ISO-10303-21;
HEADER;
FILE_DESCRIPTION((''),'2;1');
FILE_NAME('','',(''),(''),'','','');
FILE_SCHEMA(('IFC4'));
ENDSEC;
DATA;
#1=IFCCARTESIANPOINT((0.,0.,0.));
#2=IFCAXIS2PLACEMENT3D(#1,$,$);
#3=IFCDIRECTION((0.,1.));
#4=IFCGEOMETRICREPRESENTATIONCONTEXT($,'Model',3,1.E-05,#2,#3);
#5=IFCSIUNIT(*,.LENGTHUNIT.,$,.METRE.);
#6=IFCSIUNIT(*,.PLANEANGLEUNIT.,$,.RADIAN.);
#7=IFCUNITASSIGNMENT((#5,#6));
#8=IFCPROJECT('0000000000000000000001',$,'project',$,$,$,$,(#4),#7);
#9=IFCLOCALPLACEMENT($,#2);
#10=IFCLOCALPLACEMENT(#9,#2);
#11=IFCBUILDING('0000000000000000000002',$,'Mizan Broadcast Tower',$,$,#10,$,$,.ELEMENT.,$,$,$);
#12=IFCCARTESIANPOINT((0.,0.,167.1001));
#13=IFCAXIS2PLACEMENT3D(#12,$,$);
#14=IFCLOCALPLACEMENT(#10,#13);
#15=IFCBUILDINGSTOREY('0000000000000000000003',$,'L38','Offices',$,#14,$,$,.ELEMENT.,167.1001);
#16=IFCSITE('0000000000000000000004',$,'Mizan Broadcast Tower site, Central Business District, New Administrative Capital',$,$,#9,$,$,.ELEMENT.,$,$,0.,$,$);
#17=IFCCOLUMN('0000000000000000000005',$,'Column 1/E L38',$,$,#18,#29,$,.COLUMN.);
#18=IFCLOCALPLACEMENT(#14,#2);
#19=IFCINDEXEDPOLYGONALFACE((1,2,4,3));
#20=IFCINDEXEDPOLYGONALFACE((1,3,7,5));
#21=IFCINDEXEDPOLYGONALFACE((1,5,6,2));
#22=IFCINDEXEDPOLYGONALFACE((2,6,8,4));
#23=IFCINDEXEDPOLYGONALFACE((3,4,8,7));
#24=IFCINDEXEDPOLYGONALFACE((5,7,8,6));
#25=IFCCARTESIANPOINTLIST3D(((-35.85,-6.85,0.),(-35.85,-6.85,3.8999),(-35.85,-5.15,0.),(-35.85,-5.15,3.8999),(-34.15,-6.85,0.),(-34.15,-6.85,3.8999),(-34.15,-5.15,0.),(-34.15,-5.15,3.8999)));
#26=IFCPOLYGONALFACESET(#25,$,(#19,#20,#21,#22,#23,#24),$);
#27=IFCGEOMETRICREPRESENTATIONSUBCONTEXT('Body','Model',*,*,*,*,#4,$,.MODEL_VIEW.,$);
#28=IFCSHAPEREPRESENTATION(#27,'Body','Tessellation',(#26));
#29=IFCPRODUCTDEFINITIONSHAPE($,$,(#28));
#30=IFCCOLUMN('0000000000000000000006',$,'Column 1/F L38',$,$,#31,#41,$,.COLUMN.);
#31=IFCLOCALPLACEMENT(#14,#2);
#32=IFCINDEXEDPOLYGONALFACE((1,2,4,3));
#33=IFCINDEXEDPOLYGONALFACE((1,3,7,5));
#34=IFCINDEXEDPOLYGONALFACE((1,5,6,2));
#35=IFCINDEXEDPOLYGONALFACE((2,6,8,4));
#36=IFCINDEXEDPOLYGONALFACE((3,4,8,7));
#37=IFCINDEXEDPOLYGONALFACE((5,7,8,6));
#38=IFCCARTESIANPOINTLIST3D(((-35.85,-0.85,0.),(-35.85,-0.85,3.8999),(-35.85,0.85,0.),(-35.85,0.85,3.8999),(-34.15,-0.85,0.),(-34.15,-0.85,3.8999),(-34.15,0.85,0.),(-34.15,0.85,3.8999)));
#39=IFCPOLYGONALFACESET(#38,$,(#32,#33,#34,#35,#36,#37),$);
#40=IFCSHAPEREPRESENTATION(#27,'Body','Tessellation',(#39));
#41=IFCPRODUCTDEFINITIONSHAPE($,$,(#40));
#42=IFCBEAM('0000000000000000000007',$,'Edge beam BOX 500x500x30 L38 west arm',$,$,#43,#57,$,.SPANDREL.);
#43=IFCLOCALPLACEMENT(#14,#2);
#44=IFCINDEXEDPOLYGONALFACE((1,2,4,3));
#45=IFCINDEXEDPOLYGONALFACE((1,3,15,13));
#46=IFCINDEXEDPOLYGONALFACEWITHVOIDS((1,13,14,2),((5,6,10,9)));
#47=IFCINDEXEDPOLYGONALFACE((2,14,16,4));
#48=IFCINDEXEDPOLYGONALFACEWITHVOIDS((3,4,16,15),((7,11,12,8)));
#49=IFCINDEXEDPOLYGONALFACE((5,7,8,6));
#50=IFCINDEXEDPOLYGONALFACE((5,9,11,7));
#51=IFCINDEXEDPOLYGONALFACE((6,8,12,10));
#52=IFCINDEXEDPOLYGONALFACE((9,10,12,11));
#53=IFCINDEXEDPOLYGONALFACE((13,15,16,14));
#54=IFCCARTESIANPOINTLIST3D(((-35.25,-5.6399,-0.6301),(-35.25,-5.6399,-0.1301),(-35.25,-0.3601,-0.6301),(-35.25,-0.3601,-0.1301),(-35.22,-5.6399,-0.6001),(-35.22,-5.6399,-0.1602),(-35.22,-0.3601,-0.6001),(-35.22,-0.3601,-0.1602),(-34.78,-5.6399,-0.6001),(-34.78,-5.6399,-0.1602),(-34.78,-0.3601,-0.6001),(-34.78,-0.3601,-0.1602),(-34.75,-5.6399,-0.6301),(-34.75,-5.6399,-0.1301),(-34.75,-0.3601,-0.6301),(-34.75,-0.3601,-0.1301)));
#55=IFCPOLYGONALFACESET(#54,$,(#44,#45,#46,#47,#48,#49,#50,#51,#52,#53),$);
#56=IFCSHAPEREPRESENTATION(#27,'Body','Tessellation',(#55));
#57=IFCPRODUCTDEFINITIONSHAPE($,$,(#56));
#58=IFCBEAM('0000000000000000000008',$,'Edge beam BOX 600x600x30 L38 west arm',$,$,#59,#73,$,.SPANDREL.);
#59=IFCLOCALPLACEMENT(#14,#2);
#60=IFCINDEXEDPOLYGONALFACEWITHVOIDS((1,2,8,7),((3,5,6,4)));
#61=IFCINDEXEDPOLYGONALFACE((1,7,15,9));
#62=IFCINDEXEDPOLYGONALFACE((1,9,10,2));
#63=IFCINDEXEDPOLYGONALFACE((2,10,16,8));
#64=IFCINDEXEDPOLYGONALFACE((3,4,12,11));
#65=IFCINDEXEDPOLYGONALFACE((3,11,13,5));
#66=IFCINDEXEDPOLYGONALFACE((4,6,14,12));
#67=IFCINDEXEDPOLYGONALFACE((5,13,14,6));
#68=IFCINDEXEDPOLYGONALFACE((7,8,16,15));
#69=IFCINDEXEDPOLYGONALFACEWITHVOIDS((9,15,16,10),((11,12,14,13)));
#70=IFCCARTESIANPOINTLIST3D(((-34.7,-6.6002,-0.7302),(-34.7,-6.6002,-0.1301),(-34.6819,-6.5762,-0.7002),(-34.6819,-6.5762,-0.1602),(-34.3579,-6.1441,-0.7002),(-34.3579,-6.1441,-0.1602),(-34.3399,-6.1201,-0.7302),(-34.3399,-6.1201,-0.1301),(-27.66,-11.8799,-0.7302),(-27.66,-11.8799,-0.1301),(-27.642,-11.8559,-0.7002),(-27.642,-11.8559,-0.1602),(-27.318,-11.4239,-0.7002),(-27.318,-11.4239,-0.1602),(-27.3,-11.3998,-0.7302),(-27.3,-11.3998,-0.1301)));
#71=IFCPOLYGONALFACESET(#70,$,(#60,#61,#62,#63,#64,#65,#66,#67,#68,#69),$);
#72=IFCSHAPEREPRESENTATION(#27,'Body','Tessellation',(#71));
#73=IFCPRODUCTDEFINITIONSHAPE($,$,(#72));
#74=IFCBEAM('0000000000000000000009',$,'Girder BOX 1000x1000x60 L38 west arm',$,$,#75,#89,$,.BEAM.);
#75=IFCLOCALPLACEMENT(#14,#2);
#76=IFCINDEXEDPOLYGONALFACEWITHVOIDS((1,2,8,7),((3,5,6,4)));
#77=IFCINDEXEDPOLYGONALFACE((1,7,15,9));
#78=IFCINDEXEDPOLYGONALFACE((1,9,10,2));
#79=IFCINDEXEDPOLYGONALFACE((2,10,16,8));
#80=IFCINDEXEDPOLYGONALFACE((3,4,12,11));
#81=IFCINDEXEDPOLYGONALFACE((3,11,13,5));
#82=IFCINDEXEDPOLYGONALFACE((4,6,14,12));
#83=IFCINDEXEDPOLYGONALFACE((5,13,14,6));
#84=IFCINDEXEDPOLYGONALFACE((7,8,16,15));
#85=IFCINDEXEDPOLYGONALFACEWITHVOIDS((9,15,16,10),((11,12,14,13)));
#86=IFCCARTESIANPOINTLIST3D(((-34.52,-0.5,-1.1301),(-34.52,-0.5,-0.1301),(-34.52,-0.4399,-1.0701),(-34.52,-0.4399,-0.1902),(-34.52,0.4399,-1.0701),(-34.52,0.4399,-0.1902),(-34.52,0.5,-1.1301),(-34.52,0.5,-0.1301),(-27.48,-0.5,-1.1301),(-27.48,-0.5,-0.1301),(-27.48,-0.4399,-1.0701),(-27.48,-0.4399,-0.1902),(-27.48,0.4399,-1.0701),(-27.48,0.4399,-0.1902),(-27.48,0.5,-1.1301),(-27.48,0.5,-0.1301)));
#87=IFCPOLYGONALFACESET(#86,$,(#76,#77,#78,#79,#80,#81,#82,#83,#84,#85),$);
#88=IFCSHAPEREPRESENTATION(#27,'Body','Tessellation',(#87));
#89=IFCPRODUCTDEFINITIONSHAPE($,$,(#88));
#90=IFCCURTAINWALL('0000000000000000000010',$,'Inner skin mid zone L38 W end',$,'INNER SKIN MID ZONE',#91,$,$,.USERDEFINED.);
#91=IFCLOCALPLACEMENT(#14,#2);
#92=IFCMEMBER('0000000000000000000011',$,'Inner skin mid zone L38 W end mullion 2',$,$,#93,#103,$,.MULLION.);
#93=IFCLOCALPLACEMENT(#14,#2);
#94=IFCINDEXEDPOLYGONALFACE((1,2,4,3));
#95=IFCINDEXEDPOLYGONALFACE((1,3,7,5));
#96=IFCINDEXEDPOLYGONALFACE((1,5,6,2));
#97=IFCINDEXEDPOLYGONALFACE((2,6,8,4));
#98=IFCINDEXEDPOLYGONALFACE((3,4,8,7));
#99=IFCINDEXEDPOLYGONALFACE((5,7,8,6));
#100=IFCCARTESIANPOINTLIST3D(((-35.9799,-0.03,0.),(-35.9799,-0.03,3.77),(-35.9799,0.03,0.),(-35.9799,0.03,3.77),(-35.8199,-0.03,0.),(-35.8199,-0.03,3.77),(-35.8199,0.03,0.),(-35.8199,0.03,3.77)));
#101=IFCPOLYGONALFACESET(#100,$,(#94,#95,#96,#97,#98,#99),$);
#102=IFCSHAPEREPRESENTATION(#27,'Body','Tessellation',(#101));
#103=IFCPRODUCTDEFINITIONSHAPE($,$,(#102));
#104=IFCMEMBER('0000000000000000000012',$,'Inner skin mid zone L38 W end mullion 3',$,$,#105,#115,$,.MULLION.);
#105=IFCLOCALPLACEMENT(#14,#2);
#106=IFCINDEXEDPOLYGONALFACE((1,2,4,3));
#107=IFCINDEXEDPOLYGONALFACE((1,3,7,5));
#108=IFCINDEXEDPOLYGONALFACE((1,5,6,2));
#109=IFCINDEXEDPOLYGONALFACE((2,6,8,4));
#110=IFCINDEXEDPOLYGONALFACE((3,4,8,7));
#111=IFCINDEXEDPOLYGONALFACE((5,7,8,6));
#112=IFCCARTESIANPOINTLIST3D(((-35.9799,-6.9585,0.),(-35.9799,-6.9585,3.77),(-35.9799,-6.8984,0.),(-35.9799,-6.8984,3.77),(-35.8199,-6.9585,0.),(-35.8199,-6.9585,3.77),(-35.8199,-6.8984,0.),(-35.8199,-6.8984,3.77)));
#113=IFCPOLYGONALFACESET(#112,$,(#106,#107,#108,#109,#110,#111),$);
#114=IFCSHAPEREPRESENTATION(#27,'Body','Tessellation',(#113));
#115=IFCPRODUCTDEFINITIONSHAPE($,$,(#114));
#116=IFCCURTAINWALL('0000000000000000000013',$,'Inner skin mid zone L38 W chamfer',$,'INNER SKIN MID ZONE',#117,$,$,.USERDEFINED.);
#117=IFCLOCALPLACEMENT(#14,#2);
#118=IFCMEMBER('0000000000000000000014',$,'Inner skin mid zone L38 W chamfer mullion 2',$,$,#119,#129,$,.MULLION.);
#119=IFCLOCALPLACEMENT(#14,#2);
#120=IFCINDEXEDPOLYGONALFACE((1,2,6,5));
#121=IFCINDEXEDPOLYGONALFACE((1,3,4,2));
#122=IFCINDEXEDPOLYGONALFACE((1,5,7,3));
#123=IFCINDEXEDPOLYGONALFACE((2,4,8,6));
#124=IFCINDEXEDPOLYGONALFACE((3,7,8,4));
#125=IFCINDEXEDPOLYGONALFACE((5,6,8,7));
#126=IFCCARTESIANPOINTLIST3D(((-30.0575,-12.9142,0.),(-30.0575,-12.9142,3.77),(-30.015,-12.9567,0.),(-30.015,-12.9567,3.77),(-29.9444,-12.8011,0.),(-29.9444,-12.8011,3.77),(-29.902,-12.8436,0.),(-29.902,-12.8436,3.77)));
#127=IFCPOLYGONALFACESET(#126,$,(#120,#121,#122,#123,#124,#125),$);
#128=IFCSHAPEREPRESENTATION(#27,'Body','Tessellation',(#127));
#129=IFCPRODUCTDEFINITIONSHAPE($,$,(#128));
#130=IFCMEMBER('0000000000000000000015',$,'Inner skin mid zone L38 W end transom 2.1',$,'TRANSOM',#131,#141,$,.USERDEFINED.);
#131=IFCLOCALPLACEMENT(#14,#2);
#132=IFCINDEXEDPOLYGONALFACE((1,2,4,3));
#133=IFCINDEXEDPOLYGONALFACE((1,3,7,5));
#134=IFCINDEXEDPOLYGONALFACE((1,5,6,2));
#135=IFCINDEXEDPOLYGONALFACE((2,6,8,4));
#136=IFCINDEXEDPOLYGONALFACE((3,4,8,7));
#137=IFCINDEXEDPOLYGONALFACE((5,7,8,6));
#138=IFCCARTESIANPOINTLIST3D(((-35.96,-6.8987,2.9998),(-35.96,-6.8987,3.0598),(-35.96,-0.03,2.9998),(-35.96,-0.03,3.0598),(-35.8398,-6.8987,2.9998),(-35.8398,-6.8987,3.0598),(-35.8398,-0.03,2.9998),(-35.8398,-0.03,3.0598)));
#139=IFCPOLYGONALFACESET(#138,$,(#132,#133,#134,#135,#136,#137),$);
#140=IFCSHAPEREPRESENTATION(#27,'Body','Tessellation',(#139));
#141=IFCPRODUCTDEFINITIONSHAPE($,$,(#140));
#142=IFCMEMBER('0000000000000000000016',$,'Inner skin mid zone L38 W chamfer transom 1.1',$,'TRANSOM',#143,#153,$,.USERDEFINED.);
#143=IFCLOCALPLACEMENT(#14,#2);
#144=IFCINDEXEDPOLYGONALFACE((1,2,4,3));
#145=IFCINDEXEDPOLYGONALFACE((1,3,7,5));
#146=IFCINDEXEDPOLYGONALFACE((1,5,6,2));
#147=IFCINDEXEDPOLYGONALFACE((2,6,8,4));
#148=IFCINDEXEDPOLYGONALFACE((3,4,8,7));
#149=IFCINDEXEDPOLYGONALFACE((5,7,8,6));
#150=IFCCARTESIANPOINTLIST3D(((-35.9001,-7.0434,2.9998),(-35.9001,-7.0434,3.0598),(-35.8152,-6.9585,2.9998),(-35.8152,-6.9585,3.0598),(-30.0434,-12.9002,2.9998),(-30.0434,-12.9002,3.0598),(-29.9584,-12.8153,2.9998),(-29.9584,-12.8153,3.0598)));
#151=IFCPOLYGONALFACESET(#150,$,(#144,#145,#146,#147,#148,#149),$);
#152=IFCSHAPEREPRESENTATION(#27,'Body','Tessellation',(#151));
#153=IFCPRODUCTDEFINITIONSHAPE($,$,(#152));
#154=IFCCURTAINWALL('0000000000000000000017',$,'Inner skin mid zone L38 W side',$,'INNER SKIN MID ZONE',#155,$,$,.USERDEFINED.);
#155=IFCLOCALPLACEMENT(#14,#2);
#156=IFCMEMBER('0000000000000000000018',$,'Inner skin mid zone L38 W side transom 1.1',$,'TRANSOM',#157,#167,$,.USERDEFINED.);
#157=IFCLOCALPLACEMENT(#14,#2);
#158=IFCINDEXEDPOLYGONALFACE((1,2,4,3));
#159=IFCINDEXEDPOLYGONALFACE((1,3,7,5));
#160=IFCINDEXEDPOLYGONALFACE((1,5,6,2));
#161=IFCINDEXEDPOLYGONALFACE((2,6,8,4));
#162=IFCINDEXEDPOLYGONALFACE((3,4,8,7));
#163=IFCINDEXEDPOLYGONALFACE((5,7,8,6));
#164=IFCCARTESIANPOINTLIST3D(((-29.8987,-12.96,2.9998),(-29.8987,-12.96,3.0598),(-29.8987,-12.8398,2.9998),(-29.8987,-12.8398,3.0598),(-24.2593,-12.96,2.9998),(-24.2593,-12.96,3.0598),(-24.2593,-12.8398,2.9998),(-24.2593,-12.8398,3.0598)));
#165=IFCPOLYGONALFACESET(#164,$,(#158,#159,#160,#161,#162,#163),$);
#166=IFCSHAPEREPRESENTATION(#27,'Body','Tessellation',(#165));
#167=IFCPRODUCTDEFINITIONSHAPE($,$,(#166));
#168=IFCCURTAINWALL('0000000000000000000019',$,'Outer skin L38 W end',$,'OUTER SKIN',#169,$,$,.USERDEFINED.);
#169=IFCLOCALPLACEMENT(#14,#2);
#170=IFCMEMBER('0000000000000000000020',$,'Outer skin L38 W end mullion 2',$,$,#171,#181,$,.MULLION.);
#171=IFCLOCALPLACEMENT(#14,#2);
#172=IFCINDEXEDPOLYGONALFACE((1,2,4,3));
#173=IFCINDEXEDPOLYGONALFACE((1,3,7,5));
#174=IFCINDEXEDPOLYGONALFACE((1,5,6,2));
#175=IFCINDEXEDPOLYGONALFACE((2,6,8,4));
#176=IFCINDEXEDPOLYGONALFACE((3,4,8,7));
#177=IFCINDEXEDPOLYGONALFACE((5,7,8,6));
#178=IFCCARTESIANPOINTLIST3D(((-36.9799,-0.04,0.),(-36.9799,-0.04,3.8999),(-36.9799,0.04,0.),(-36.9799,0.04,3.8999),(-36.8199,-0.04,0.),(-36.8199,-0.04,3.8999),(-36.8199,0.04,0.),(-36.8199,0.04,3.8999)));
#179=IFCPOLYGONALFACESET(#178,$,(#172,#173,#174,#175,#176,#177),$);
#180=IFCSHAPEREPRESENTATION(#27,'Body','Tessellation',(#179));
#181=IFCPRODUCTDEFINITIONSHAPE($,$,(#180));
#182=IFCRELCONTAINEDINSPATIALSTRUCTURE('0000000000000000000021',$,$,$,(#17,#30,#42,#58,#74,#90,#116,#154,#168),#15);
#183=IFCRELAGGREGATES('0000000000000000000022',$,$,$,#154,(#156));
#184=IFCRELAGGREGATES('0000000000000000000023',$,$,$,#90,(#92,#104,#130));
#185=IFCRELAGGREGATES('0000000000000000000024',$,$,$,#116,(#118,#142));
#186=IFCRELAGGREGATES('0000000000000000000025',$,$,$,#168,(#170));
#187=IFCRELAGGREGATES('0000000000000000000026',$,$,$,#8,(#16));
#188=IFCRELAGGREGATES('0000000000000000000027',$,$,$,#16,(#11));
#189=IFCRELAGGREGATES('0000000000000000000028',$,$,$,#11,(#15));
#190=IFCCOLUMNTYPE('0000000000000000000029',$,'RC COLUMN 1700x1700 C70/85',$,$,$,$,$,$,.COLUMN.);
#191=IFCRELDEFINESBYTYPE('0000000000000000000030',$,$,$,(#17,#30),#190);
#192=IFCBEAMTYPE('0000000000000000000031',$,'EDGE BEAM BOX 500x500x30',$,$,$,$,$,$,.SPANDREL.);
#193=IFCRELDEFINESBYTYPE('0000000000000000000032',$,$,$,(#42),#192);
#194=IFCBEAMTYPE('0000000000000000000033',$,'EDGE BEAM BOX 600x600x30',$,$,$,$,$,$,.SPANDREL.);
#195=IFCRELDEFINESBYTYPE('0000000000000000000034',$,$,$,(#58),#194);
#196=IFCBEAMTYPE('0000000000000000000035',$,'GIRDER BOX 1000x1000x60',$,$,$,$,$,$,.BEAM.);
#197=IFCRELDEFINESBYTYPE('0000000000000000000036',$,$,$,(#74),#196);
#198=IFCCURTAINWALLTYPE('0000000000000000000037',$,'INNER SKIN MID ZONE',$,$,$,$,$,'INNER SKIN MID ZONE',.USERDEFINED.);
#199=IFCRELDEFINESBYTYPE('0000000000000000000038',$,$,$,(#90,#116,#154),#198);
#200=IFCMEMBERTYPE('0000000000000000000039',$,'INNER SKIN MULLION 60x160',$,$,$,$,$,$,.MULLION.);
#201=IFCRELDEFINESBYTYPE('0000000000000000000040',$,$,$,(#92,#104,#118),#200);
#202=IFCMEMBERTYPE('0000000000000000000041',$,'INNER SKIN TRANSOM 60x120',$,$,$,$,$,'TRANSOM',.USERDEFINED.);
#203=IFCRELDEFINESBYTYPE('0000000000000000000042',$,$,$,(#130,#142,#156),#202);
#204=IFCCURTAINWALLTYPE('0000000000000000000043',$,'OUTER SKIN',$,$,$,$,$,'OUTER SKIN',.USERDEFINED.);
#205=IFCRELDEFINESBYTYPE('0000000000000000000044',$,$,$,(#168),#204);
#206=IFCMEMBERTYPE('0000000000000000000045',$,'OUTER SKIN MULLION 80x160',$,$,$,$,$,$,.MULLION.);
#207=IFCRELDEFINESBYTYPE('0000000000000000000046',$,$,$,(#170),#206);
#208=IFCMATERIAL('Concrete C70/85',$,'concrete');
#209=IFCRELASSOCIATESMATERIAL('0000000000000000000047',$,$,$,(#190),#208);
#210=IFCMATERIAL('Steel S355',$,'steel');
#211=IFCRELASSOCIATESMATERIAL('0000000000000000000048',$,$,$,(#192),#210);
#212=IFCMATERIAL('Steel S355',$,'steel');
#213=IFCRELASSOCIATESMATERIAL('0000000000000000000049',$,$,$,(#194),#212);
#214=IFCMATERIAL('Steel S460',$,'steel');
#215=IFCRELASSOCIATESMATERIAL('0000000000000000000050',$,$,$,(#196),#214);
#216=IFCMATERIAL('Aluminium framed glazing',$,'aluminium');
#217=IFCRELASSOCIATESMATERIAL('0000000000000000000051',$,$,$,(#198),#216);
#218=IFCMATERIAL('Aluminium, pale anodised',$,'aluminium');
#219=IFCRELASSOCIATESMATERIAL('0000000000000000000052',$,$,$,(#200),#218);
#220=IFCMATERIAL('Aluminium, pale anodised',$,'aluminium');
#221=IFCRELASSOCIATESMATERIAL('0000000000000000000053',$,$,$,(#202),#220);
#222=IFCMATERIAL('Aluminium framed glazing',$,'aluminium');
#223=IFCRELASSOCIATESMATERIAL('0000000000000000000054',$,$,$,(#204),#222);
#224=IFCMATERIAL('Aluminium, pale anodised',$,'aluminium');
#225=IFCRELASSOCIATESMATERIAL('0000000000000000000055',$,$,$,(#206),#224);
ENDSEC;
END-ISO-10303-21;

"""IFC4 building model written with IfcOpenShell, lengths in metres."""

from ifc_helpers import new_model, si_unit, direction, frame, origin, origin_2d, place, context, subcontext, project, spatial, rectangle, hollow_rectangle, extrude, material, material_profile, profile_set, type_object, element, aggregate, save


model = new_model("IFC4")

# Units and contexts
model_context = context("Model", 3, precision=1e-05, world=origin(), true_north=direction((0.0, 1.0)))
body_context = subcontext(model_context, "Body", "Model", "MODEL_VIEW")
ifc_project = project(units=[si_unit("LENGTHUNIT", "METRE"), si_unit("PLANEANGLEUNIT", "RADIAN")], contexts=[model_context])

# Site, building, storey
site_placement = place(None, origin())
site = spatial("IfcSite", under=ifc_project, at=site_placement, Name="Mizan Broadcast Tower site, Central Business District, New Administrative Capital", CompositionType="ELEMENT", RefElevation=0.0)
building_placement = place(site_placement, origin())
building = spatial("IfcBuilding", under=site, at=building_placement, Name="Mizan Broadcast Tower", CompositionType="ELEMENT")
storey_placement = place(building_placement, frame((0.0, 0.0, 167.1001)))
storey = spatial("IfcBuildingStorey", under=building, at=storey_placement, Name="L38", Description="Offices", CompositionType="ELEMENT", Elevation=167.1001)

# Columns
ifc_material_1 = material(Name="Concrete C70/85", Category="concrete")
ifc_material_profile_1 = material_profile(ifc_material_1, rectangle(XDim=1.7, YDim=1.7, at=origin_2d()), Name="RC 1700x1700")
ifc_profile_set_1 = profile_set([ifc_material_profile_1], Name="Concrete C70/85")
column_type = type_object("IfcColumnType", Name="RC COLUMN 1700x1700 C70/85", PredefinedType="COLUMN", material=ifc_profile_set_1)
for number, where, z_axis, x_axis, name in (
    (1, (-35.0, -6.0, 0.0), (0.0, 0.0, 1.0), (1.0, 0.0, 0.0), "Column 1/E L38"),
    (2, (-35.0, 0.0, 0.0), (0.0, 0.0, 1.0), (1.0, 0.0, 0.0), "Column 1/F L38"),
):
    element("IfcColumn", number, at=place(storey_placement, frame(where, z_axis=z_axis, x_axis=x_axis)), inside=storey, type_object=column_type, Name=name, PredefinedType="COLUMN", context=body_context, shape_type="SweptSolid", body=[
        extrude(rectangle(XDim=1.7, YDim=1.7, at=origin_2d()), origin(), (0.0, 0.0, 1.0), 3.8999),
    ])

# Beams
ifc_material_2 = material(Name="Steel S355", Category="steel")
ifc_material_profile_2 = material_profile(ifc_material_2, hollow_rectangle(XDim=0.5, YDim=0.5, WallThickness=0.03, at=origin_2d()), Name="BOX 500x500x30")
ifc_profile_set_2 = profile_set([ifc_material_profile_2], Name="Steel S355")
beam_type_1 = type_object("IfcBeamType", Name="EDGE BEAM BOX 500x500x30", PredefinedType="SPANDREL", material=ifc_profile_set_2)
beam_1_placement = place(storey_placement, frame((-35.0, -5.6399, -0.3801), z_axis=(0.0, 1.0, 0.0), x_axis=(-1.0, 0.0, 0.0)))
element("IfcBeam", 3, at=beam_1_placement, inside=storey, type_object=beam_type_1, Name="Edge beam BOX 500x500x30 L38 west arm", PredefinedType="SPANDREL", context=body_context, shape_type="SweptSolid", body=[
    extrude(hollow_rectangle(XDim=0.5, YDim=0.5, WallThickness=0.03, at=origin_2d()), origin(), (0.0, 0.0, 1.0), 5.2798),
])
ifc_material_3 = material(Name="Steel S355", Category="steel")
ifc_material_profile_3 = material_profile(ifc_material_3, hollow_rectangle(XDim=0.6001, YDim=0.6001, WallThickness=0.03, at=origin_2d()), Name="BOX 600x600x30")
ifc_profile_set_3 = profile_set([ifc_material_profile_3], Name="Steel S355")
beam_type_2 = type_object("IfcBeamType", Name="EDGE BEAM BOX 600x600x30", PredefinedType="SPANDREL", material=ifc_profile_set_3)
beam_2_placement = place(storey_placement, frame((-27.48, -11.6399, -0.4302), z_axis=(-0.800013, 0.599982, 0.0), x_axis=(-0.599982, -0.800013, 0.0)))
element("IfcBeam", 4, at=beam_2_placement, inside=storey, type_object=beam_type_2, Name="Edge beam BOX 600x600x30 L38 west arm", PredefinedType="SPANDREL", context=body_context, shape_type="SweptSolid", body=[
    extrude(hollow_rectangle(XDim=0.6001, YDim=0.6001, WallThickness=0.03, at=origin_2d()), origin(), (0.0, 0.0, 1.0), 8.7998),
])
ifc_material_4 = material(Name="Steel S460", Category="steel")
ifc_material_profile_4 = material_profile(ifc_material_4, hollow_rectangle(XDim=1.0, YDim=1.0, WallThickness=0.0601, at=origin_2d()), Name="BOX 1000x1000x60")
ifc_profile_set_4 = profile_set([ifc_material_profile_4], Name="Steel S460")
beam_type_3 = type_object("IfcBeamType", Name="GIRDER BOX 1000x1000x60", PredefinedType="BEAM", material=ifc_profile_set_4)
beam_3_placement = place(storey_placement, frame((-27.48, 0.0, -0.6301), z_axis=(-1.0, 0.0, 0.0), x_axis=(0.0, -1.0, 0.0)))
element("IfcBeam", 5, at=beam_3_placement, inside=storey, type_object=beam_type_3, Name="Girder BOX 1000x1000x60 L38 west arm", PredefinedType="BEAM", context=body_context, shape_type="SweptSolid", body=[
    extrude(hollow_rectangle(XDim=1.0, YDim=1.0, WallThickness=0.0601, at=origin_2d()), origin(), (0.0, 0.0, 1.0), 7.04),
])

# Curtain wall, members
ifc_material_5 = material(Name="Aluminium framed glazing", Category="aluminium")
curtain_wall_type_1 = type_object("IfcCurtainWallType", Name="INNER SKIN MID ZONE", ElementType="INNER SKIN MID ZONE", PredefinedType="USERDEFINED", material=ifc_material_5)
curtain_wall_1_placement = place(storey_placement, origin())
curtain_wall_1 = element("IfcCurtainWall", 6, at=curtain_wall_1_placement, inside=storey, type_object=curtain_wall_type_1, Name="Inner skin mid zone L38 W end", ObjectType="INNER SKIN MID ZONE", PredefinedType="USERDEFINED")
ifc_material_6 = material(Name="Aluminium, pale anodised", Category="aluminium")
ifc_material_profile_5 = material_profile(ifc_material_6, rectangle(XDim=0.1599, YDim=0.0601, at=origin_2d()), Name="MULLION 160x60")
ifc_profile_set_5 = profile_set([ifc_material_profile_5], Name="Aluminium, pale anodised")
member_type_1 = type_object("IfcMemberType", Name="INNER SKIN MULLION 60x160", PredefinedType="MULLION", material=ifc_profile_set_5)
member_1_placement = place(storey_placement, frame((-35.8999, 0.0, 0.0), z_axis=(0.0, 0.0, 1.0), x_axis=(1.0, 0.0, 0.0)))
member_1 = element("IfcMember", 7, at=member_1_placement, type_object=member_type_1, Name="Inner skin mid zone L38 W end mullion 2", PredefinedType="MULLION", context=body_context, shape_type="SweptSolid", body=[
    extrude(rectangle(XDim=0.1599, YDim=0.0601, at=origin_2d()), origin(), (0.0, 0.0, 1.0), 3.77),
])
member_2_placement = place(storey_placement, frame((-35.8999, -6.9285, 0.0), z_axis=(0.0, 0.0, 1.0), x_axis=(1.0, 0.0, 0.0)))
member_2 = element("IfcMember", 8, at=member_2_placement, type_object=member_type_1, Name="Inner skin mid zone L38 W end mullion 3", PredefinedType="MULLION", context=body_context, shape_type="SweptSolid", body=[
    extrude(rectangle(XDim=0.1599, YDim=0.0601, at=origin_2d()), origin(), (0.0, 0.0, 1.0), 3.77),
])

# Curtain wall, member
curtain_wall_2_placement = place(storey_placement, origin())
curtain_wall_2 = element("IfcCurtainWall", 9, at=curtain_wall_2_placement, inside=storey, type_object=curtain_wall_type_1, Name="Inner skin mid zone L38 W chamfer", ObjectType="INNER SKIN MID ZONE", PredefinedType="USERDEFINED")
member_3_placement = place(storey_placement, frame((-29.9797, -12.8789, 0.0), z_axis=(0.0, 0.0, 1.0), x_axis=(0.707107, 0.707107, 0.0)))
member_3 = element("IfcMember", 10, at=member_3_placement, type_object=member_type_1, Name="Inner skin mid zone L38 W chamfer mullion 2", PredefinedType="MULLION", context=body_context, shape_type="SweptSolid", body=[
    extrude(rectangle(XDim=0.1599, YDim=0.0601, at=origin_2d()), origin(), (0.0, 0.0, 1.0), 3.77),
])

# Members
ifc_material_7 = material(Name="Aluminium, pale anodised", Category="aluminium")
ifc_material_profile_6 = material_profile(ifc_material_7, rectangle(XDim=0.1201, YDim=0.0601, at=origin_2d()), Name="TRANSOM 120x60")
ifc_profile_set_6 = profile_set([ifc_material_profile_6], Name="Aluminium, pale anodised")
member_type_2 = type_object("IfcMemberType", Name="INNER SKIN TRANSOM 60x120", ElementType="TRANSOM", PredefinedType="USERDEFINED", material=ifc_profile_set_6)
member_4_placement = place(storey_placement, frame((-35.8999, -0.03, 3.0298), z_axis=(0.0, -1.0, 0.0), x_axis=(1.0, 0.0, 0.0)))
member_4 = element("IfcMember", 11, at=member_4_placement, type_object=member_type_2, Name="Inner skin mid zone L38 W end transom 2.1", ObjectType="TRANSOM", PredefinedType="USERDEFINED", context=body_context, shape_type="SweptSolid", body=[
    extrude(rectangle(XDim=0.1201, YDim=0.0601, at=origin_2d()), origin(), (0.0, 0.0, 1.0), 6.8687),
])
member_5_placement = place(storey_placement, frame((-35.8577, -7.001, 3.0298), z_axis=(0.707107, -0.707107, 0.0), x_axis=(0.707107, 0.707107, 0.0)))
member_5 = element("IfcMember", 12, at=member_5_placement, type_object=member_type_2, Name="Inner skin mid zone L38 W chamfer transom 1.1", ObjectType="TRANSOM", PredefinedType="USERDEFINED", context=body_context, shape_type="SweptSolid", body=[
    extrude(rectangle(XDim=0.1201, YDim=0.0601, at=origin_2d()), origin(), (0.0, 0.0, 1.0), 8.2827),
])

# Curtain wall, member
curtain_wall_3_placement = place(storey_placement, origin())
curtain_wall_3 = element("IfcCurtainWall", 13, at=curtain_wall_3_placement, inside=storey, type_object=curtain_wall_type_1, Name="Inner skin mid zone L38 W side", ObjectType="INNER SKIN MID ZONE", PredefinedType="USERDEFINED")
member_6_placement = place(storey_placement, frame((-29.8987, -12.8999, 3.0298), z_axis=(1.0, 0.0, 0.0), x_axis=(0.0, 1.0, 0.0)))
member_6 = element("IfcMember", 14, at=member_6_placement, type_object=member_type_2, Name="Inner skin mid zone L38 W side transom 1.1", ObjectType="TRANSOM", PredefinedType="USERDEFINED", context=body_context, shape_type="SweptSolid", body=[
    extrude(rectangle(XDim=0.1201, YDim=0.0601, at=origin_2d()), origin(), (0.0, 0.0, 1.0), 5.6394),
])
aggregate(curtain_wall_3, [member_6])

# Curtain wall, member
ifc_material_8 = material(Name="Aluminium framed glazing", Category="aluminium")
curtain_wall_type_2 = type_object("IfcCurtainWallType", Name="OUTER SKIN", ElementType="OUTER SKIN", PredefinedType="USERDEFINED", material=ifc_material_8)
curtain_wall_4_placement = place(storey_placement, origin())
curtain_wall_4 = element("IfcCurtainWall", 15, at=curtain_wall_4_placement, inside=storey, type_object=curtain_wall_type_2, Name="Outer skin L38 W end", ObjectType="OUTER SKIN", PredefinedType="USERDEFINED")
ifc_material_9 = material(Name="Aluminium, pale anodised", Category="aluminium")
ifc_material_profile_7 = material_profile(ifc_material_9, rectangle(XDim=0.1599, YDim=0.0801, at=origin_2d()), Name="MULLION 160x80")
ifc_profile_set_7 = profile_set([ifc_material_profile_7], Name="Aluminium, pale anodised")
member_type_3 = type_object("IfcMemberType", Name="OUTER SKIN MULLION 80x160", PredefinedType="MULLION", material=ifc_profile_set_7)
member_7_placement = place(storey_placement, frame((-36.8999, 0.0, 0.0), z_axis=(0.0, 0.0, 1.0), x_axis=(1.0, 0.0, 0.0)))
member_7 = element("IfcMember", 16, at=member_7_placement, type_object=member_type_3, Name="Outer skin L38 W end mullion 2", PredefinedType="MULLION", context=body_context, shape_type="SweptSolid", body=[
    extrude(rectangle(XDim=0.1599, YDim=0.0801, at=origin_2d()), origin(), (0.0, 0.0, 1.0), 3.8999),
])

aggregate(curtain_wall_1, [member_1, member_2, member_4])
aggregate(curtain_wall_2, [member_3, member_5])
aggregate(curtain_wall_4, [member_7])

save(model, "model.ifc")
